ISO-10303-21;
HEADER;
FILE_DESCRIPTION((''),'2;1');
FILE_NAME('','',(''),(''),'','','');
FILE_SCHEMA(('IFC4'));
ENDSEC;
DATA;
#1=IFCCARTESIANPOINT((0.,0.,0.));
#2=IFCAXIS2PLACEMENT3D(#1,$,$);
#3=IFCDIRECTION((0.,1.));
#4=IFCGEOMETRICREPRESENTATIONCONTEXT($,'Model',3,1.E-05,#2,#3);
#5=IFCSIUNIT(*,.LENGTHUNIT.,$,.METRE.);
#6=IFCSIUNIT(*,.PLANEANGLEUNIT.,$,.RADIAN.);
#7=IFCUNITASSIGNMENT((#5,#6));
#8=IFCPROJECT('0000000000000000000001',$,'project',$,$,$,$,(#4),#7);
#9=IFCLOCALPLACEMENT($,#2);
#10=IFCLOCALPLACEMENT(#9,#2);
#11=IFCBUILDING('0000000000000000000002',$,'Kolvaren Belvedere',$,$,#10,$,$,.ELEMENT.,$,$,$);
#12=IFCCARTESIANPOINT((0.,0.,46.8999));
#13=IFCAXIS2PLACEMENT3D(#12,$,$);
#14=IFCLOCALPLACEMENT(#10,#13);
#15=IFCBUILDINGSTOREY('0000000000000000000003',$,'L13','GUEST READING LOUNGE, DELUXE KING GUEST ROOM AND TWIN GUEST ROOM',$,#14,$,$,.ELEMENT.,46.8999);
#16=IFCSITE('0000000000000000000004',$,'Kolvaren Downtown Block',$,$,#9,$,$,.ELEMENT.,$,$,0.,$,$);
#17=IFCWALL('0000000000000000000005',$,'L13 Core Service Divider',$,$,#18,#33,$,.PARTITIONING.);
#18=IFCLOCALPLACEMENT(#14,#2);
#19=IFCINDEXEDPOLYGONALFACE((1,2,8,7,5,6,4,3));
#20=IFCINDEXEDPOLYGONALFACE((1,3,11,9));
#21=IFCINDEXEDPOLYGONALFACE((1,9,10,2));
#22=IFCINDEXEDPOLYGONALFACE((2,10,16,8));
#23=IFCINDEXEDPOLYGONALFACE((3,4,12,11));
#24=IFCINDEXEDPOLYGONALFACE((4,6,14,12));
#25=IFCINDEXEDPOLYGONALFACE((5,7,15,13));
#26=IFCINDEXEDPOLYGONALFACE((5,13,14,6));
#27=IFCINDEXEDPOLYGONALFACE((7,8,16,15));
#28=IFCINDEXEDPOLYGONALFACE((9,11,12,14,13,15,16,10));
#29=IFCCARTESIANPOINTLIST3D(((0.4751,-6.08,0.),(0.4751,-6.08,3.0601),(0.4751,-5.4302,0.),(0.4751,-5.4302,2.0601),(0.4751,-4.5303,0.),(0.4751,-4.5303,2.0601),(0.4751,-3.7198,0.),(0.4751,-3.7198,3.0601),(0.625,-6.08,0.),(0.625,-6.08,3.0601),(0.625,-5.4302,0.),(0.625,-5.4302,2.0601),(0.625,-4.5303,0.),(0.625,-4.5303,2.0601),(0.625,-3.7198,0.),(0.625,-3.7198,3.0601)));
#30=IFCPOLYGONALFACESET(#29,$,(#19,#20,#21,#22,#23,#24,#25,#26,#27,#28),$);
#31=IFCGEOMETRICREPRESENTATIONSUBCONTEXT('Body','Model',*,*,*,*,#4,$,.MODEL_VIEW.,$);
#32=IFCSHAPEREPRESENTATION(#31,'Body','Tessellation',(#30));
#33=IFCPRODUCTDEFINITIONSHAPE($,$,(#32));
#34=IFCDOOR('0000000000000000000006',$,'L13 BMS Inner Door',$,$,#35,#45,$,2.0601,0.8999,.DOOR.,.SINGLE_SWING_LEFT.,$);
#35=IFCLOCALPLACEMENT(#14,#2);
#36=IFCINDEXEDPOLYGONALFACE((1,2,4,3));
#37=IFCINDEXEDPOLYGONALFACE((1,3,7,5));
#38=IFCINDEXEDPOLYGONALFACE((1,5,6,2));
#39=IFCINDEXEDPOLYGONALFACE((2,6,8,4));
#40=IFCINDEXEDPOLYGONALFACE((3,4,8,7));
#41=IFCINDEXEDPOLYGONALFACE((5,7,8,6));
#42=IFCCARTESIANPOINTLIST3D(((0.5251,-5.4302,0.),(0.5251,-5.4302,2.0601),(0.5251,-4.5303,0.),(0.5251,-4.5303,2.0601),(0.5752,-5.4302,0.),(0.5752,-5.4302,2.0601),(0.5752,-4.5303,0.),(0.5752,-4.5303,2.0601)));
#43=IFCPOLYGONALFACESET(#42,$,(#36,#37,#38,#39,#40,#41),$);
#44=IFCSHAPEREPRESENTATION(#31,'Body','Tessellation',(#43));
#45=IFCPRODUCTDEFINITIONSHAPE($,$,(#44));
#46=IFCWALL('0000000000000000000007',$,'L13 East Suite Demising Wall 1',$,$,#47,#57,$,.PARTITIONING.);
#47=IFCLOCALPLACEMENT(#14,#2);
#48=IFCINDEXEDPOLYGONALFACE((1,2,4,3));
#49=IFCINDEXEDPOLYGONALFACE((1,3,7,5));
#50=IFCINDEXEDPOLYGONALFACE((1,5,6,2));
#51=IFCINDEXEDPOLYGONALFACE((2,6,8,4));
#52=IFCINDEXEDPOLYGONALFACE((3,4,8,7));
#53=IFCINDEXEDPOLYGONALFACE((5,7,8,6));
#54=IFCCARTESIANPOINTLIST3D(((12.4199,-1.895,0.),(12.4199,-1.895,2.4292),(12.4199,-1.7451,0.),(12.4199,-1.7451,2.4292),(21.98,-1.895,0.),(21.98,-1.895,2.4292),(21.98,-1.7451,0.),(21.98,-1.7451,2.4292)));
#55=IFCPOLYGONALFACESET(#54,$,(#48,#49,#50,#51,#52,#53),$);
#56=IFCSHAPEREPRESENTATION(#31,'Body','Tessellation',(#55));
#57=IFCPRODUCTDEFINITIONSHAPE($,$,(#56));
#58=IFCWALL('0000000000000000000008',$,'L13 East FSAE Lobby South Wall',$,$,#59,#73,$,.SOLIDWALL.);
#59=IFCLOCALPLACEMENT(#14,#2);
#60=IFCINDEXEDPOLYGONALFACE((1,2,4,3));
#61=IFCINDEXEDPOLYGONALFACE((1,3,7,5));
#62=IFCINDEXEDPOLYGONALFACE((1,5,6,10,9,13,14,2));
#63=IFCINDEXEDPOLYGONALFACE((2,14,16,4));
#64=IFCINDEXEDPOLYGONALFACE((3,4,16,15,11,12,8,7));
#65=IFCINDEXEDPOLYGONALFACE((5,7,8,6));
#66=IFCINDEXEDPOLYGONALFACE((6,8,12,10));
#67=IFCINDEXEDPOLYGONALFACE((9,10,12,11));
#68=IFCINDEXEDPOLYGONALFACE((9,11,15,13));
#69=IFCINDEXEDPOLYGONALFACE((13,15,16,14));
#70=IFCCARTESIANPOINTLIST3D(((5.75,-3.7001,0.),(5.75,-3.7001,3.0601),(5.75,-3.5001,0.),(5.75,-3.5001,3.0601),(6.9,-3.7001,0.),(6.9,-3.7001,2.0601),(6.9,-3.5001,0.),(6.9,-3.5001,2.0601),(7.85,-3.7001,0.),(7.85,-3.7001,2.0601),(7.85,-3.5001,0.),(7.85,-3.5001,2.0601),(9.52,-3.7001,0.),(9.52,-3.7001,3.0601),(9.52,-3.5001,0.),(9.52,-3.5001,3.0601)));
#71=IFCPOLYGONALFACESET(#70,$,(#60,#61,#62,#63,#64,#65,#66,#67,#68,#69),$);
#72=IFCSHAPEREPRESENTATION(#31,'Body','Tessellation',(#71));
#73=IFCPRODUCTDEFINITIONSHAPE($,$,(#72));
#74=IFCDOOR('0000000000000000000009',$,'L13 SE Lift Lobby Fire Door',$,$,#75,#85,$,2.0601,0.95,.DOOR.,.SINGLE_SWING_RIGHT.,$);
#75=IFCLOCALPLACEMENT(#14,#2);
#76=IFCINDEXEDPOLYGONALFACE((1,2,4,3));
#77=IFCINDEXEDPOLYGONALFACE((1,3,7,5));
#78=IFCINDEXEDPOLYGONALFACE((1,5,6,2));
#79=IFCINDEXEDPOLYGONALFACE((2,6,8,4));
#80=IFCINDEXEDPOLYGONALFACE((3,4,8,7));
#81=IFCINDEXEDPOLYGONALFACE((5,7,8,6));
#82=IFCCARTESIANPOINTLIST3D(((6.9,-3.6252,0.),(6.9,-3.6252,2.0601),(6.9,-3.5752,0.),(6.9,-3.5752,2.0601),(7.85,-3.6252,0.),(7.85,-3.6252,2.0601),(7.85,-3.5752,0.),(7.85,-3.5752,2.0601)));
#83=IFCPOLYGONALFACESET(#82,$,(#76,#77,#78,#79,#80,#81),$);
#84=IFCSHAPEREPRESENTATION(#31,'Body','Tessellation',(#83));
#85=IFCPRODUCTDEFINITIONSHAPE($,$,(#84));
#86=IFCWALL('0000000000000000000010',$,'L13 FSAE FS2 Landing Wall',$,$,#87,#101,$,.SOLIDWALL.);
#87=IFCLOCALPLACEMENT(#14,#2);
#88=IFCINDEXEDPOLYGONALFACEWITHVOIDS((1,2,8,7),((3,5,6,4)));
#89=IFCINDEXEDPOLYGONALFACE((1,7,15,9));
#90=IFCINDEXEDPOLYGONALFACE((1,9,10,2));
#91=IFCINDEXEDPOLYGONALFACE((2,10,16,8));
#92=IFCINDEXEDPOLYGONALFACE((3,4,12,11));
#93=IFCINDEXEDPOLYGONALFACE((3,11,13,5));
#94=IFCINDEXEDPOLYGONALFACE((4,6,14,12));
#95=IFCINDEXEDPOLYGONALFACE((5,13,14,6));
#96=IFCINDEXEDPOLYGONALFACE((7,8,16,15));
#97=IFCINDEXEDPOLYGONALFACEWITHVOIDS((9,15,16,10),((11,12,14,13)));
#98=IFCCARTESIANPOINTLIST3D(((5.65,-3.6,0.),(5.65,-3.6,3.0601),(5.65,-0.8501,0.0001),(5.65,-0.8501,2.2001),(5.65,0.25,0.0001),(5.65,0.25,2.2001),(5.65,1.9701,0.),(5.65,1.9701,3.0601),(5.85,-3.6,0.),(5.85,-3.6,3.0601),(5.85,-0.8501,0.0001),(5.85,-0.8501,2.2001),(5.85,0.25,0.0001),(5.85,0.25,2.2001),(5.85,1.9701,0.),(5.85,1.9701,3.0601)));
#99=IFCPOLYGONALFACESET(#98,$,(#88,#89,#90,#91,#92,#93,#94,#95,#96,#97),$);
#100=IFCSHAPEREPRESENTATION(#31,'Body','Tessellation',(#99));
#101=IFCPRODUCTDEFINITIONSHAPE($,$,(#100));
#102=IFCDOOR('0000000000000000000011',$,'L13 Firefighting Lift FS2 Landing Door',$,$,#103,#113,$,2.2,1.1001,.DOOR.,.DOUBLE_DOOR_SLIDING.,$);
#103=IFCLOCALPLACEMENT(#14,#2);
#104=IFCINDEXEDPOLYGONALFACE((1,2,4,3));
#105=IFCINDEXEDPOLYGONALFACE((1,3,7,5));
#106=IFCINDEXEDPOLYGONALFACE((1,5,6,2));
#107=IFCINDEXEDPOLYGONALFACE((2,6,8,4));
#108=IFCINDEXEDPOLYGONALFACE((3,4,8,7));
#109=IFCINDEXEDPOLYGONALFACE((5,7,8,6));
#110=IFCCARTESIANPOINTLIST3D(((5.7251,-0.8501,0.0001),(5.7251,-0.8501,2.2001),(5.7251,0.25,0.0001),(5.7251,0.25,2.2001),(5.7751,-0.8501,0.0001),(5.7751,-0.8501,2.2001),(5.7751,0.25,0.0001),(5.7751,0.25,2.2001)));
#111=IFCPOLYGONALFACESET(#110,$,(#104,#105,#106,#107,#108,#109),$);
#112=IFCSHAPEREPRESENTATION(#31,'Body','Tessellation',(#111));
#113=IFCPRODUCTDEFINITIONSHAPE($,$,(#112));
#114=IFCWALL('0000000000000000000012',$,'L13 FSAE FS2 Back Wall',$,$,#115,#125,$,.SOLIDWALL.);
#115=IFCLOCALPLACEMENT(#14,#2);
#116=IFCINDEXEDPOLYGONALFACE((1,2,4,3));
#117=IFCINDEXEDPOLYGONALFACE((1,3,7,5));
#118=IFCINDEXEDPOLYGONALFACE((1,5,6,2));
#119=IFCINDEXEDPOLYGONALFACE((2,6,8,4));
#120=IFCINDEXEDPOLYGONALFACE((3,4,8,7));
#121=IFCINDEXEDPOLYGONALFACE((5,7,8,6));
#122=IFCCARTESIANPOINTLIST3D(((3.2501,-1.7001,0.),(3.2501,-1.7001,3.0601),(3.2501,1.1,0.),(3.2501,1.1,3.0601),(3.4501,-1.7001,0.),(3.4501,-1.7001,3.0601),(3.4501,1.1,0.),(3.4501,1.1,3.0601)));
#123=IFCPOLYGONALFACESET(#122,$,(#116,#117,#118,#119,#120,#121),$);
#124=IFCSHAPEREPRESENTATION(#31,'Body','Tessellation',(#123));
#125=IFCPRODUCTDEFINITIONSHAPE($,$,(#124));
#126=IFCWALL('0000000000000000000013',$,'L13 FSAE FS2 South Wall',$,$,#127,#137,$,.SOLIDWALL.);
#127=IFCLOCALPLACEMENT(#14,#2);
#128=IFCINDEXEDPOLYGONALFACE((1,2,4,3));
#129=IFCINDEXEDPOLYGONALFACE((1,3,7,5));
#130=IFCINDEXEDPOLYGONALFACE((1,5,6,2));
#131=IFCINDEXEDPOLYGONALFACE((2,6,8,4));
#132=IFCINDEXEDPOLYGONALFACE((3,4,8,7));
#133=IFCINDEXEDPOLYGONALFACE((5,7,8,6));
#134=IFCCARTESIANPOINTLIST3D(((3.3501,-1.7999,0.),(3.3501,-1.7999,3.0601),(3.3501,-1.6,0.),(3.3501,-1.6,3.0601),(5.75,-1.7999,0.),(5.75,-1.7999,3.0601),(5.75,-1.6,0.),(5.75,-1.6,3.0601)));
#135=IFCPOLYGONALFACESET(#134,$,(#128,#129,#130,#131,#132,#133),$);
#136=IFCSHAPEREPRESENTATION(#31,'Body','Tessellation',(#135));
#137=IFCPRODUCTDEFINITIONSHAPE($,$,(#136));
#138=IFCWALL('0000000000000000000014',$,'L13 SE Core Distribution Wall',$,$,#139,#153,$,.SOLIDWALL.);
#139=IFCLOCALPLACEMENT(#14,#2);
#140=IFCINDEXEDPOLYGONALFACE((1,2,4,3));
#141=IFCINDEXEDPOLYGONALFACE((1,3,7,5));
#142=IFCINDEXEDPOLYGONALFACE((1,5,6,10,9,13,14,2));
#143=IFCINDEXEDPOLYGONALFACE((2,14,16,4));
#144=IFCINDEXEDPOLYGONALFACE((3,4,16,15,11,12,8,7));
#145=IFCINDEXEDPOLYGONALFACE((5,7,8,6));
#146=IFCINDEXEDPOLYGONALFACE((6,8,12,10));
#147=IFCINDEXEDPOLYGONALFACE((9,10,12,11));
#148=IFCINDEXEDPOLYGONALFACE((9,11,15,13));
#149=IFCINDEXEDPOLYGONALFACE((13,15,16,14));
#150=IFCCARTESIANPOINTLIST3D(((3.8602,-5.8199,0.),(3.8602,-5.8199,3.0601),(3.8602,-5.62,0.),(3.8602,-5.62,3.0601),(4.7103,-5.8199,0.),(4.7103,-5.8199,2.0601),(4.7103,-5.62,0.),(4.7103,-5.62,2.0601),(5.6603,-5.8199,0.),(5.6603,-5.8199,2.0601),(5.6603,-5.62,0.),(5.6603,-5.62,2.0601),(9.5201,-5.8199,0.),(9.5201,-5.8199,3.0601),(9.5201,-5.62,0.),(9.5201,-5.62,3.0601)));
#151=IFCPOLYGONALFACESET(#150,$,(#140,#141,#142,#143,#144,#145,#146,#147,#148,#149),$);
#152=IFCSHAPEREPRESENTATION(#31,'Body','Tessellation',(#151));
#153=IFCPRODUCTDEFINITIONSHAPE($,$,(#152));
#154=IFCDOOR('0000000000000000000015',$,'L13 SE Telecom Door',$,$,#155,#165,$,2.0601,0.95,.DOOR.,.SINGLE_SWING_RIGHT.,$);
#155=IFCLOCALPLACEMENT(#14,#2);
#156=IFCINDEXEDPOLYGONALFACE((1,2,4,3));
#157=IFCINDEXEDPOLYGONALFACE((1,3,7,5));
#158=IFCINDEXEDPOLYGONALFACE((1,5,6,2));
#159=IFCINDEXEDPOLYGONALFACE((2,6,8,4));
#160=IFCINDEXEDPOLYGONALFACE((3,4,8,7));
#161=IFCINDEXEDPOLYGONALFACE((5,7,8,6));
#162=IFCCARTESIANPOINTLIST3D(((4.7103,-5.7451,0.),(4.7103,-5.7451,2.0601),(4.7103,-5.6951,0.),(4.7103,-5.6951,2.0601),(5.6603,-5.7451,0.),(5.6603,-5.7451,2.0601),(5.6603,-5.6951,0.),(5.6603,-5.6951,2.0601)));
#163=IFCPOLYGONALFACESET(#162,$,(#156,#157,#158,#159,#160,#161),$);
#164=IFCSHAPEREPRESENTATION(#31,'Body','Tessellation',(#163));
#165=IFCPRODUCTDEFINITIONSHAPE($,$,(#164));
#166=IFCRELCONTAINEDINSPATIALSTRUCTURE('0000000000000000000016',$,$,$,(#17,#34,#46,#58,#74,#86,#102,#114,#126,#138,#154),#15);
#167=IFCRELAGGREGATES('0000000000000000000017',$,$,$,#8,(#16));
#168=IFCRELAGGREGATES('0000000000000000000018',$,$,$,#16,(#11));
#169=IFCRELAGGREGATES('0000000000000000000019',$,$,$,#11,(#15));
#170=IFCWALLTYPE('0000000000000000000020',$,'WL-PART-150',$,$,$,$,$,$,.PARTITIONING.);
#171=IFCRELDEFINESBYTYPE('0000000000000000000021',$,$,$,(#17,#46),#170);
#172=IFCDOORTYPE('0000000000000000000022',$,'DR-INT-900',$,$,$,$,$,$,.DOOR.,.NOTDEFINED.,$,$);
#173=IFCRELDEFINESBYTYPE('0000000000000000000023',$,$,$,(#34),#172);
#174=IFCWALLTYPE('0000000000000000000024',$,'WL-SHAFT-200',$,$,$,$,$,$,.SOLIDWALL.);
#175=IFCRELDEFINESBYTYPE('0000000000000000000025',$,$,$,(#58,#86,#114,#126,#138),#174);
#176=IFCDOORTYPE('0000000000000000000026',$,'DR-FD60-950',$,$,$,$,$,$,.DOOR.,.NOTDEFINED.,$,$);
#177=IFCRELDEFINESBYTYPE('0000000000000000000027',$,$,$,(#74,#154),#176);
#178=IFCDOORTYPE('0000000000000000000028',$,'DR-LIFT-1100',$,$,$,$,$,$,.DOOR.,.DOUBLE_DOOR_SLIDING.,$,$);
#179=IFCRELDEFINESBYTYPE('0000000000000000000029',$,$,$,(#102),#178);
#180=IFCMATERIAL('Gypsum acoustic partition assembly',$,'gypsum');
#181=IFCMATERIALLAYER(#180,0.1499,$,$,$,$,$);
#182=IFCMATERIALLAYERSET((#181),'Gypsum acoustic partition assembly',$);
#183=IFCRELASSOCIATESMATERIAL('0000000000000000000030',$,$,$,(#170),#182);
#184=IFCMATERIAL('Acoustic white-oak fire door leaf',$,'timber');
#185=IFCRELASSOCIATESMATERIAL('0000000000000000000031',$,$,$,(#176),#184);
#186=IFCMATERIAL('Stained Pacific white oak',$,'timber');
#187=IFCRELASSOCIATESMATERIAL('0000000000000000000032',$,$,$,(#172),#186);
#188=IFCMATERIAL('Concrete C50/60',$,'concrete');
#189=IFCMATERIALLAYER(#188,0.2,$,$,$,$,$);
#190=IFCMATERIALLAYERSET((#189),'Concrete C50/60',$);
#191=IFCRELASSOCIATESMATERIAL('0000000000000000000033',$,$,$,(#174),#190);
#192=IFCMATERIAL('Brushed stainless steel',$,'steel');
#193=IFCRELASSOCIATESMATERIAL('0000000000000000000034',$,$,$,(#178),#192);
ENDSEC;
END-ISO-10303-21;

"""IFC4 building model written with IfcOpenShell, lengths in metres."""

from ifc_helpers import new_model, si_unit, direction, frame, frame_2d, origin, place, context, subcontext, project, spatial, rectangle, extrude, material, layer, layer_set, type_object, element, fill, save


model = new_model("IFC4")

# Units and contexts
model_context = context("Model", 3, precision=1e-05, world=origin(), true_north=direction((0.0, 1.0)))
body_context = subcontext(model_context, "Body", "Model", "MODEL_VIEW")
ifc_project = project(units=[si_unit("LENGTHUNIT", "METRE"), si_unit("PLANEANGLEUNIT", "RADIAN")], contexts=[model_context])

# Site, building, storey
site_placement = place(None, origin())
site = spatial("IfcSite", under=ifc_project, at=site_placement, Name="Kolvaren Downtown Block", CompositionType="ELEMENT", RefElevation=0.0)
building_placement = place(site_placement, origin())
building = spatial("IfcBuilding", under=site, at=building_placement, Name="Kolvaren Belvedere", CompositionType="ELEMENT")
storey_placement = place(building_placement, frame((0.0, 0.0, 46.8999)))
storey = spatial("IfcBuildingStorey", under=building, at=storey_placement, Name="L13", Description="GUEST READING LOUNGE, DELUXE KING GUEST ROOM AND TWIN GUEST ROOM", CompositionType="ELEMENT", Elevation=46.8999)

# Wall, opening, door
ifc_material_1 = material(Name="Gypsum acoustic partition assembly", Category="gypsum")
ifc_layer_1 = layer(ifc_material_1, 0.1499)
ifc_layer_set_1 = layer_set([ifc_layer_1], Name="Gypsum acoustic partition assembly")
wall_type_1 = type_object("IfcWallType", Name="WL-PART-150", PredefinedType="PARTITIONING", material=ifc_layer_set_1)
ifc_material_2 = material(Name="Acoustic white-oak fire door leaf", Category="timber")
door_type_1 = type_object("IfcDoorType", Name="DR-FD60-950", OperationType="NOTDEFINED", PredefinedType="DOOR", material=ifc_material_2)
wall_1_placement = place(storey_placement, frame((0.55, -6.0801, 0.0), z_axis=(0.0, 0.0, 1.0), x_axis=(0.0, 1.0, 0.0)))
wall_1 = element("IfcWall", 1, at=wall_1_placement, inside=storey, type_object=wall_type_1, Name="L13 Core Service Divider", PredefinedType="PARTITIONING", context=body_context, shape_type="SweptSolid", body=[
    extrude(rectangle(XDim=2.3601, YDim=0.1499, at=frame_2d((1.1802, 0.0))), origin(), (0.0, 0.0, 1.0), 3.0601),
])
opening_1_placement = place(wall_1_placement, frame((0.6499, 0.0, 0.0)))
opening_1 = element("IfcOpeningElement", 2, at=opening_1_placement, cuts=wall_1, PredefinedType="OPENING", context=body_context, shape_type="SweptSolid", body=[
    extrude(rectangle(XDim=0.8999, YDim=2.0601, at=frame_2d((0.45, 1.03))), frame((0.0, 0.085, 0.0), z_axis=(0.0, -1.0, 0.0), x_axis=(1.0, 0.0, 0.0)), (0.0, 0.0, 1.0), 0.1699),
])
ifc_material_3 = material(Name="Stained Pacific white oak", Category="timber")
door_type_2 = type_object("IfcDoorType", Name="DR-INT-900", OperationType="NOTDEFINED", PredefinedType="DOOR", material=ifc_material_3)
door_1_placement = place(opening_1_placement, origin())
door_1 = element("IfcDoor", 3, at=door_1_placement, inside=storey, type_object=door_type_2, Name="L13 BMS Inner Door", OperationType="SINGLE_SWING_LEFT", OverallHeight=2.0601, OverallWidth=0.8999, PredefinedType="DOOR", context=body_context, shape_type="SweptSolid", body=[
    extrude(rectangle(XDim=0.8999, YDim=2.0601, at=frame_2d((0.45, 1.03))), frame((0.0, 0.0249, 0.0), z_axis=(0.0, -1.0, 0.0), x_axis=(1.0, 0.0, 0.0)), (0.0, 0.0, 1.0), 0.05),
])
fill(opening_1, door_1)

# Wall
wall_2_placement = place(storey_placement, frame((12.4199, -1.8201, 0.0), z_axis=(0.0, 0.0, 1.0), x_axis=(1.0, 0.0, 0.0)))
element("IfcWall", 4, at=wall_2_placement, inside=storey, type_object=wall_type_1, Name="L13 East Suite Demising Wall 1", PredefinedType="PARTITIONING", context=body_context, shape_type="SweptSolid", body=[
    extrude(rectangle(XDim=9.5601, YDim=0.1499, at=frame_2d((4.78, 0.0))), origin(), (0.0, 0.0, 1.0), 2.4292),
])

# Walls, openings, doors
ifc_material_4 = material(Name="Concrete C50/60", Category="concrete")
ifc_layer_2 = layer(ifc_material_4, 0.2)
ifc_layer_set_2 = layer_set([ifc_layer_2], Name="Concrete C50/60")
wall_type_2 = type_object("IfcWallType", Name="WL-SHAFT-200", PredefinedType="SOLIDWALL", material=ifc_layer_set_2)
wall_3_placement = place(storey_placement, frame((5.75, -3.6001, 0.0), z_axis=(0.0, 0.0, 1.0), x_axis=(1.0, 0.0, 0.0)))
wall_3 = element("IfcWall", 5, at=wall_3_placement, inside=storey, type_object=wall_type_2, Name="L13 East FSAE Lobby South Wall", PredefinedType="SOLIDWALL", context=body_context, shape_type="SweptSolid", body=[
    extrude(rectangle(XDim=3.77, YDim=0.2, at=frame_2d((1.885, 0.0))), origin(), (0.0, 0.0, 1.0), 3.0601),
])
opening_2_placement = place(wall_3_placement, frame((1.1499, 0.0, 0.0)))
opening_2 = element("IfcOpeningElement", 6, at=opening_2_placement, cuts=wall_3, PredefinedType="OPENING", context=body_context, shape_type="SweptSolid", body=[
    extrude(rectangle(XDim=0.95, YDim=2.0601, at=frame_2d((0.4751, 1.03))), frame((0.0, 0.1099, 0.0), z_axis=(0.0, -1.0, 0.0), x_axis=(1.0, 0.0, 0.0)), (0.0, 0.0, 1.0), 0.22),
])
door_2_placement = place(opening_2_placement, origin())
door_2 = element("IfcDoor", 7, at=door_2_placement, inside=storey, type_object=door_type_1, Name="L13 SE Lift Lobby Fire Door", OperationType="SINGLE_SWING_RIGHT", OverallHeight=2.0601, OverallWidth=0.95, PredefinedType="DOOR", context=body_context, shape_type="SweptSolid", body=[
    extrude(rectangle(XDim=0.95, YDim=2.0601, at=frame_2d((0.4751, 1.03))), frame((0.0, 0.0249, 0.0), z_axis=(0.0, -1.0, 0.0), x_axis=(1.0, 0.0, 0.0)), (0.0, 0.0, 1.0), 0.05),
])
fill(opening_2, door_2)
wall_4_placement = place(storey_placement, frame((5.75, -3.6001, 0.0), z_axis=(0.0, 0.0, 1.0), x_axis=(0.0, 1.0, 0.0)))
wall_4 = element("IfcWall", 8, at=wall_4_placement, inside=storey, type_object=wall_type_2, Name="L13 FSAE FS2 Landing Wall", PredefinedType="SOLIDWALL", context=body_context, shape_type="SweptSolid", body=[
    extrude(rectangle(XDim=5.5701, YDim=0.2, at=frame_2d((2.7852, 0.0))), origin(), (0.0, 0.0, 1.0), 3.0601),
])
opening_3_placement = place(wall_4_placement, frame((2.75, 0.0, 0.0)))
opening_3 = element("IfcOpeningElement", 9, at=opening_3_placement, cuts=wall_4, PredefinedType="OPENING", context=body_context, shape_type="SweptSolid", body=[
    extrude(rectangle(XDim=1.1001, YDim=2.2, at=frame_2d((0.55, 1.1001))), frame((0.0, 0.1099, 0.0), z_axis=(0.0, -1.0, 0.0), x_axis=(1.0, 0.0, 0.0)), (0.0, 0.0, 1.0), 0.22),
])
ifc_material_5 = material(Name="Brushed stainless steel", Category="steel")
door_type_3 = type_object("IfcDoorType", Name="DR-LIFT-1100", OperationType="DOUBLE_DOOR_SLIDING", PredefinedType="DOOR", material=ifc_material_5)
door_3_placement = place(opening_3_placement, origin())
door_3 = element("IfcDoor", 10, at=door_3_placement, inside=storey, type_object=door_type_3, Name="L13 Firefighting Lift FS2 Landing Door", OperationType="DOUBLE_DOOR_SLIDING", OverallHeight=2.2, OverallWidth=1.1001, PredefinedType="DOOR", context=body_context, shape_type="SweptSolid", body=[
    extrude(rectangle(XDim=1.1001, YDim=2.2, at=frame_2d((0.55, 1.1001))), frame((0.0, 0.0249, 0.0), z_axis=(0.0, -1.0, 0.0), x_axis=(1.0, 0.0, 0.0)), (0.0, 0.0, 1.0), 0.05),
])
fill(opening_3, door_3)

# Walls
wall_5_placement = place(storey_placement, frame((3.3501, -1.7, 0.0), z_axis=(0.0, 0.0, 1.0), x_axis=(0.0, 1.0, 0.0)))
element("IfcWall", 11, at=wall_5_placement, inside=storey, type_object=wall_type_2, Name="L13 FSAE FS2 Back Wall", PredefinedType="SOLIDWALL", context=body_context, shape_type="SweptSolid", body=[
    extrude(rectangle(XDim=2.8, YDim=0.2, at=frame_2d((1.3999, 0.0))), origin(), (0.0, 0.0, 1.0), 3.0601),
])
wall_6_placement = place(storey_placement, frame((3.3501, -1.7, 0.0), z_axis=(0.0, 0.0, 1.0), x_axis=(1.0, 0.0, 0.0)))
element("IfcWall", 12, at=wall_6_placement, inside=storey, type_object=wall_type_2, Name="L13 FSAE FS2 South Wall", PredefinedType="SOLIDWALL", context=body_context, shape_type="SweptSolid", body=[
    extrude(rectangle(XDim=2.3999, YDim=0.2, at=frame_2d((1.2, 0.0))), origin(), (0.0, 0.0, 1.0), 3.0601),
])

# Wall, opening, door
wall_7_placement = place(storey_placement, frame((3.8601, -5.72, 0.0), z_axis=(0.0, 0.0, 1.0), x_axis=(1.0, 0.0, 0.0)))
wall_7 = element("IfcWall", 13, at=wall_7_placement, inside=storey, type_object=wall_type_2, Name="L13 SE Core Distribution Wall", PredefinedType="SOLIDWALL", context=body_context, shape_type="SweptSolid", body=[
    extrude(rectangle(XDim=5.6599, YDim=0.2, at=frame_2d((2.8301, 0.0))), origin(), (0.0, 0.0, 1.0), 3.0601),
])
opening_4_placement = place(wall_7_placement, frame((0.8501, 0.0, 0.0)))
opening_4 = element("IfcOpeningElement", 14, at=opening_4_placement, cuts=wall_7, PredefinedType="OPENING", context=body_context, shape_type="SweptSolid", body=[
    extrude(rectangle(XDim=0.95, YDim=2.0601, at=frame_2d((0.4751, 1.03))), frame((0.0, 0.1099, 0.0), z_axis=(0.0, -1.0, 0.0), x_axis=(1.0, 0.0, 0.0)), (0.0, 0.0, 1.0), 0.22),
])
door_4_placement = place(opening_4_placement, origin())
door_4 = element("IfcDoor", 15, at=door_4_placement, inside=storey, type_object=door_type_1, Name="L13 SE Telecom Door", OperationType="SINGLE_SWING_RIGHT", OverallHeight=2.0601, OverallWidth=0.95, PredefinedType="DOOR", context=body_context, shape_type="SweptSolid", body=[
    extrude(rectangle(XDim=0.95, YDim=2.0601, at=frame_2d((0.4751, 1.03))), frame((0.0, 0.0249, 0.0), z_axis=(0.0, -1.0, 0.0), x_axis=(1.0, 0.0, 0.0)), (0.0, 0.0, 1.0), 0.05),
])
fill(opening_4, door_4)

save(model, "model.ifc")
